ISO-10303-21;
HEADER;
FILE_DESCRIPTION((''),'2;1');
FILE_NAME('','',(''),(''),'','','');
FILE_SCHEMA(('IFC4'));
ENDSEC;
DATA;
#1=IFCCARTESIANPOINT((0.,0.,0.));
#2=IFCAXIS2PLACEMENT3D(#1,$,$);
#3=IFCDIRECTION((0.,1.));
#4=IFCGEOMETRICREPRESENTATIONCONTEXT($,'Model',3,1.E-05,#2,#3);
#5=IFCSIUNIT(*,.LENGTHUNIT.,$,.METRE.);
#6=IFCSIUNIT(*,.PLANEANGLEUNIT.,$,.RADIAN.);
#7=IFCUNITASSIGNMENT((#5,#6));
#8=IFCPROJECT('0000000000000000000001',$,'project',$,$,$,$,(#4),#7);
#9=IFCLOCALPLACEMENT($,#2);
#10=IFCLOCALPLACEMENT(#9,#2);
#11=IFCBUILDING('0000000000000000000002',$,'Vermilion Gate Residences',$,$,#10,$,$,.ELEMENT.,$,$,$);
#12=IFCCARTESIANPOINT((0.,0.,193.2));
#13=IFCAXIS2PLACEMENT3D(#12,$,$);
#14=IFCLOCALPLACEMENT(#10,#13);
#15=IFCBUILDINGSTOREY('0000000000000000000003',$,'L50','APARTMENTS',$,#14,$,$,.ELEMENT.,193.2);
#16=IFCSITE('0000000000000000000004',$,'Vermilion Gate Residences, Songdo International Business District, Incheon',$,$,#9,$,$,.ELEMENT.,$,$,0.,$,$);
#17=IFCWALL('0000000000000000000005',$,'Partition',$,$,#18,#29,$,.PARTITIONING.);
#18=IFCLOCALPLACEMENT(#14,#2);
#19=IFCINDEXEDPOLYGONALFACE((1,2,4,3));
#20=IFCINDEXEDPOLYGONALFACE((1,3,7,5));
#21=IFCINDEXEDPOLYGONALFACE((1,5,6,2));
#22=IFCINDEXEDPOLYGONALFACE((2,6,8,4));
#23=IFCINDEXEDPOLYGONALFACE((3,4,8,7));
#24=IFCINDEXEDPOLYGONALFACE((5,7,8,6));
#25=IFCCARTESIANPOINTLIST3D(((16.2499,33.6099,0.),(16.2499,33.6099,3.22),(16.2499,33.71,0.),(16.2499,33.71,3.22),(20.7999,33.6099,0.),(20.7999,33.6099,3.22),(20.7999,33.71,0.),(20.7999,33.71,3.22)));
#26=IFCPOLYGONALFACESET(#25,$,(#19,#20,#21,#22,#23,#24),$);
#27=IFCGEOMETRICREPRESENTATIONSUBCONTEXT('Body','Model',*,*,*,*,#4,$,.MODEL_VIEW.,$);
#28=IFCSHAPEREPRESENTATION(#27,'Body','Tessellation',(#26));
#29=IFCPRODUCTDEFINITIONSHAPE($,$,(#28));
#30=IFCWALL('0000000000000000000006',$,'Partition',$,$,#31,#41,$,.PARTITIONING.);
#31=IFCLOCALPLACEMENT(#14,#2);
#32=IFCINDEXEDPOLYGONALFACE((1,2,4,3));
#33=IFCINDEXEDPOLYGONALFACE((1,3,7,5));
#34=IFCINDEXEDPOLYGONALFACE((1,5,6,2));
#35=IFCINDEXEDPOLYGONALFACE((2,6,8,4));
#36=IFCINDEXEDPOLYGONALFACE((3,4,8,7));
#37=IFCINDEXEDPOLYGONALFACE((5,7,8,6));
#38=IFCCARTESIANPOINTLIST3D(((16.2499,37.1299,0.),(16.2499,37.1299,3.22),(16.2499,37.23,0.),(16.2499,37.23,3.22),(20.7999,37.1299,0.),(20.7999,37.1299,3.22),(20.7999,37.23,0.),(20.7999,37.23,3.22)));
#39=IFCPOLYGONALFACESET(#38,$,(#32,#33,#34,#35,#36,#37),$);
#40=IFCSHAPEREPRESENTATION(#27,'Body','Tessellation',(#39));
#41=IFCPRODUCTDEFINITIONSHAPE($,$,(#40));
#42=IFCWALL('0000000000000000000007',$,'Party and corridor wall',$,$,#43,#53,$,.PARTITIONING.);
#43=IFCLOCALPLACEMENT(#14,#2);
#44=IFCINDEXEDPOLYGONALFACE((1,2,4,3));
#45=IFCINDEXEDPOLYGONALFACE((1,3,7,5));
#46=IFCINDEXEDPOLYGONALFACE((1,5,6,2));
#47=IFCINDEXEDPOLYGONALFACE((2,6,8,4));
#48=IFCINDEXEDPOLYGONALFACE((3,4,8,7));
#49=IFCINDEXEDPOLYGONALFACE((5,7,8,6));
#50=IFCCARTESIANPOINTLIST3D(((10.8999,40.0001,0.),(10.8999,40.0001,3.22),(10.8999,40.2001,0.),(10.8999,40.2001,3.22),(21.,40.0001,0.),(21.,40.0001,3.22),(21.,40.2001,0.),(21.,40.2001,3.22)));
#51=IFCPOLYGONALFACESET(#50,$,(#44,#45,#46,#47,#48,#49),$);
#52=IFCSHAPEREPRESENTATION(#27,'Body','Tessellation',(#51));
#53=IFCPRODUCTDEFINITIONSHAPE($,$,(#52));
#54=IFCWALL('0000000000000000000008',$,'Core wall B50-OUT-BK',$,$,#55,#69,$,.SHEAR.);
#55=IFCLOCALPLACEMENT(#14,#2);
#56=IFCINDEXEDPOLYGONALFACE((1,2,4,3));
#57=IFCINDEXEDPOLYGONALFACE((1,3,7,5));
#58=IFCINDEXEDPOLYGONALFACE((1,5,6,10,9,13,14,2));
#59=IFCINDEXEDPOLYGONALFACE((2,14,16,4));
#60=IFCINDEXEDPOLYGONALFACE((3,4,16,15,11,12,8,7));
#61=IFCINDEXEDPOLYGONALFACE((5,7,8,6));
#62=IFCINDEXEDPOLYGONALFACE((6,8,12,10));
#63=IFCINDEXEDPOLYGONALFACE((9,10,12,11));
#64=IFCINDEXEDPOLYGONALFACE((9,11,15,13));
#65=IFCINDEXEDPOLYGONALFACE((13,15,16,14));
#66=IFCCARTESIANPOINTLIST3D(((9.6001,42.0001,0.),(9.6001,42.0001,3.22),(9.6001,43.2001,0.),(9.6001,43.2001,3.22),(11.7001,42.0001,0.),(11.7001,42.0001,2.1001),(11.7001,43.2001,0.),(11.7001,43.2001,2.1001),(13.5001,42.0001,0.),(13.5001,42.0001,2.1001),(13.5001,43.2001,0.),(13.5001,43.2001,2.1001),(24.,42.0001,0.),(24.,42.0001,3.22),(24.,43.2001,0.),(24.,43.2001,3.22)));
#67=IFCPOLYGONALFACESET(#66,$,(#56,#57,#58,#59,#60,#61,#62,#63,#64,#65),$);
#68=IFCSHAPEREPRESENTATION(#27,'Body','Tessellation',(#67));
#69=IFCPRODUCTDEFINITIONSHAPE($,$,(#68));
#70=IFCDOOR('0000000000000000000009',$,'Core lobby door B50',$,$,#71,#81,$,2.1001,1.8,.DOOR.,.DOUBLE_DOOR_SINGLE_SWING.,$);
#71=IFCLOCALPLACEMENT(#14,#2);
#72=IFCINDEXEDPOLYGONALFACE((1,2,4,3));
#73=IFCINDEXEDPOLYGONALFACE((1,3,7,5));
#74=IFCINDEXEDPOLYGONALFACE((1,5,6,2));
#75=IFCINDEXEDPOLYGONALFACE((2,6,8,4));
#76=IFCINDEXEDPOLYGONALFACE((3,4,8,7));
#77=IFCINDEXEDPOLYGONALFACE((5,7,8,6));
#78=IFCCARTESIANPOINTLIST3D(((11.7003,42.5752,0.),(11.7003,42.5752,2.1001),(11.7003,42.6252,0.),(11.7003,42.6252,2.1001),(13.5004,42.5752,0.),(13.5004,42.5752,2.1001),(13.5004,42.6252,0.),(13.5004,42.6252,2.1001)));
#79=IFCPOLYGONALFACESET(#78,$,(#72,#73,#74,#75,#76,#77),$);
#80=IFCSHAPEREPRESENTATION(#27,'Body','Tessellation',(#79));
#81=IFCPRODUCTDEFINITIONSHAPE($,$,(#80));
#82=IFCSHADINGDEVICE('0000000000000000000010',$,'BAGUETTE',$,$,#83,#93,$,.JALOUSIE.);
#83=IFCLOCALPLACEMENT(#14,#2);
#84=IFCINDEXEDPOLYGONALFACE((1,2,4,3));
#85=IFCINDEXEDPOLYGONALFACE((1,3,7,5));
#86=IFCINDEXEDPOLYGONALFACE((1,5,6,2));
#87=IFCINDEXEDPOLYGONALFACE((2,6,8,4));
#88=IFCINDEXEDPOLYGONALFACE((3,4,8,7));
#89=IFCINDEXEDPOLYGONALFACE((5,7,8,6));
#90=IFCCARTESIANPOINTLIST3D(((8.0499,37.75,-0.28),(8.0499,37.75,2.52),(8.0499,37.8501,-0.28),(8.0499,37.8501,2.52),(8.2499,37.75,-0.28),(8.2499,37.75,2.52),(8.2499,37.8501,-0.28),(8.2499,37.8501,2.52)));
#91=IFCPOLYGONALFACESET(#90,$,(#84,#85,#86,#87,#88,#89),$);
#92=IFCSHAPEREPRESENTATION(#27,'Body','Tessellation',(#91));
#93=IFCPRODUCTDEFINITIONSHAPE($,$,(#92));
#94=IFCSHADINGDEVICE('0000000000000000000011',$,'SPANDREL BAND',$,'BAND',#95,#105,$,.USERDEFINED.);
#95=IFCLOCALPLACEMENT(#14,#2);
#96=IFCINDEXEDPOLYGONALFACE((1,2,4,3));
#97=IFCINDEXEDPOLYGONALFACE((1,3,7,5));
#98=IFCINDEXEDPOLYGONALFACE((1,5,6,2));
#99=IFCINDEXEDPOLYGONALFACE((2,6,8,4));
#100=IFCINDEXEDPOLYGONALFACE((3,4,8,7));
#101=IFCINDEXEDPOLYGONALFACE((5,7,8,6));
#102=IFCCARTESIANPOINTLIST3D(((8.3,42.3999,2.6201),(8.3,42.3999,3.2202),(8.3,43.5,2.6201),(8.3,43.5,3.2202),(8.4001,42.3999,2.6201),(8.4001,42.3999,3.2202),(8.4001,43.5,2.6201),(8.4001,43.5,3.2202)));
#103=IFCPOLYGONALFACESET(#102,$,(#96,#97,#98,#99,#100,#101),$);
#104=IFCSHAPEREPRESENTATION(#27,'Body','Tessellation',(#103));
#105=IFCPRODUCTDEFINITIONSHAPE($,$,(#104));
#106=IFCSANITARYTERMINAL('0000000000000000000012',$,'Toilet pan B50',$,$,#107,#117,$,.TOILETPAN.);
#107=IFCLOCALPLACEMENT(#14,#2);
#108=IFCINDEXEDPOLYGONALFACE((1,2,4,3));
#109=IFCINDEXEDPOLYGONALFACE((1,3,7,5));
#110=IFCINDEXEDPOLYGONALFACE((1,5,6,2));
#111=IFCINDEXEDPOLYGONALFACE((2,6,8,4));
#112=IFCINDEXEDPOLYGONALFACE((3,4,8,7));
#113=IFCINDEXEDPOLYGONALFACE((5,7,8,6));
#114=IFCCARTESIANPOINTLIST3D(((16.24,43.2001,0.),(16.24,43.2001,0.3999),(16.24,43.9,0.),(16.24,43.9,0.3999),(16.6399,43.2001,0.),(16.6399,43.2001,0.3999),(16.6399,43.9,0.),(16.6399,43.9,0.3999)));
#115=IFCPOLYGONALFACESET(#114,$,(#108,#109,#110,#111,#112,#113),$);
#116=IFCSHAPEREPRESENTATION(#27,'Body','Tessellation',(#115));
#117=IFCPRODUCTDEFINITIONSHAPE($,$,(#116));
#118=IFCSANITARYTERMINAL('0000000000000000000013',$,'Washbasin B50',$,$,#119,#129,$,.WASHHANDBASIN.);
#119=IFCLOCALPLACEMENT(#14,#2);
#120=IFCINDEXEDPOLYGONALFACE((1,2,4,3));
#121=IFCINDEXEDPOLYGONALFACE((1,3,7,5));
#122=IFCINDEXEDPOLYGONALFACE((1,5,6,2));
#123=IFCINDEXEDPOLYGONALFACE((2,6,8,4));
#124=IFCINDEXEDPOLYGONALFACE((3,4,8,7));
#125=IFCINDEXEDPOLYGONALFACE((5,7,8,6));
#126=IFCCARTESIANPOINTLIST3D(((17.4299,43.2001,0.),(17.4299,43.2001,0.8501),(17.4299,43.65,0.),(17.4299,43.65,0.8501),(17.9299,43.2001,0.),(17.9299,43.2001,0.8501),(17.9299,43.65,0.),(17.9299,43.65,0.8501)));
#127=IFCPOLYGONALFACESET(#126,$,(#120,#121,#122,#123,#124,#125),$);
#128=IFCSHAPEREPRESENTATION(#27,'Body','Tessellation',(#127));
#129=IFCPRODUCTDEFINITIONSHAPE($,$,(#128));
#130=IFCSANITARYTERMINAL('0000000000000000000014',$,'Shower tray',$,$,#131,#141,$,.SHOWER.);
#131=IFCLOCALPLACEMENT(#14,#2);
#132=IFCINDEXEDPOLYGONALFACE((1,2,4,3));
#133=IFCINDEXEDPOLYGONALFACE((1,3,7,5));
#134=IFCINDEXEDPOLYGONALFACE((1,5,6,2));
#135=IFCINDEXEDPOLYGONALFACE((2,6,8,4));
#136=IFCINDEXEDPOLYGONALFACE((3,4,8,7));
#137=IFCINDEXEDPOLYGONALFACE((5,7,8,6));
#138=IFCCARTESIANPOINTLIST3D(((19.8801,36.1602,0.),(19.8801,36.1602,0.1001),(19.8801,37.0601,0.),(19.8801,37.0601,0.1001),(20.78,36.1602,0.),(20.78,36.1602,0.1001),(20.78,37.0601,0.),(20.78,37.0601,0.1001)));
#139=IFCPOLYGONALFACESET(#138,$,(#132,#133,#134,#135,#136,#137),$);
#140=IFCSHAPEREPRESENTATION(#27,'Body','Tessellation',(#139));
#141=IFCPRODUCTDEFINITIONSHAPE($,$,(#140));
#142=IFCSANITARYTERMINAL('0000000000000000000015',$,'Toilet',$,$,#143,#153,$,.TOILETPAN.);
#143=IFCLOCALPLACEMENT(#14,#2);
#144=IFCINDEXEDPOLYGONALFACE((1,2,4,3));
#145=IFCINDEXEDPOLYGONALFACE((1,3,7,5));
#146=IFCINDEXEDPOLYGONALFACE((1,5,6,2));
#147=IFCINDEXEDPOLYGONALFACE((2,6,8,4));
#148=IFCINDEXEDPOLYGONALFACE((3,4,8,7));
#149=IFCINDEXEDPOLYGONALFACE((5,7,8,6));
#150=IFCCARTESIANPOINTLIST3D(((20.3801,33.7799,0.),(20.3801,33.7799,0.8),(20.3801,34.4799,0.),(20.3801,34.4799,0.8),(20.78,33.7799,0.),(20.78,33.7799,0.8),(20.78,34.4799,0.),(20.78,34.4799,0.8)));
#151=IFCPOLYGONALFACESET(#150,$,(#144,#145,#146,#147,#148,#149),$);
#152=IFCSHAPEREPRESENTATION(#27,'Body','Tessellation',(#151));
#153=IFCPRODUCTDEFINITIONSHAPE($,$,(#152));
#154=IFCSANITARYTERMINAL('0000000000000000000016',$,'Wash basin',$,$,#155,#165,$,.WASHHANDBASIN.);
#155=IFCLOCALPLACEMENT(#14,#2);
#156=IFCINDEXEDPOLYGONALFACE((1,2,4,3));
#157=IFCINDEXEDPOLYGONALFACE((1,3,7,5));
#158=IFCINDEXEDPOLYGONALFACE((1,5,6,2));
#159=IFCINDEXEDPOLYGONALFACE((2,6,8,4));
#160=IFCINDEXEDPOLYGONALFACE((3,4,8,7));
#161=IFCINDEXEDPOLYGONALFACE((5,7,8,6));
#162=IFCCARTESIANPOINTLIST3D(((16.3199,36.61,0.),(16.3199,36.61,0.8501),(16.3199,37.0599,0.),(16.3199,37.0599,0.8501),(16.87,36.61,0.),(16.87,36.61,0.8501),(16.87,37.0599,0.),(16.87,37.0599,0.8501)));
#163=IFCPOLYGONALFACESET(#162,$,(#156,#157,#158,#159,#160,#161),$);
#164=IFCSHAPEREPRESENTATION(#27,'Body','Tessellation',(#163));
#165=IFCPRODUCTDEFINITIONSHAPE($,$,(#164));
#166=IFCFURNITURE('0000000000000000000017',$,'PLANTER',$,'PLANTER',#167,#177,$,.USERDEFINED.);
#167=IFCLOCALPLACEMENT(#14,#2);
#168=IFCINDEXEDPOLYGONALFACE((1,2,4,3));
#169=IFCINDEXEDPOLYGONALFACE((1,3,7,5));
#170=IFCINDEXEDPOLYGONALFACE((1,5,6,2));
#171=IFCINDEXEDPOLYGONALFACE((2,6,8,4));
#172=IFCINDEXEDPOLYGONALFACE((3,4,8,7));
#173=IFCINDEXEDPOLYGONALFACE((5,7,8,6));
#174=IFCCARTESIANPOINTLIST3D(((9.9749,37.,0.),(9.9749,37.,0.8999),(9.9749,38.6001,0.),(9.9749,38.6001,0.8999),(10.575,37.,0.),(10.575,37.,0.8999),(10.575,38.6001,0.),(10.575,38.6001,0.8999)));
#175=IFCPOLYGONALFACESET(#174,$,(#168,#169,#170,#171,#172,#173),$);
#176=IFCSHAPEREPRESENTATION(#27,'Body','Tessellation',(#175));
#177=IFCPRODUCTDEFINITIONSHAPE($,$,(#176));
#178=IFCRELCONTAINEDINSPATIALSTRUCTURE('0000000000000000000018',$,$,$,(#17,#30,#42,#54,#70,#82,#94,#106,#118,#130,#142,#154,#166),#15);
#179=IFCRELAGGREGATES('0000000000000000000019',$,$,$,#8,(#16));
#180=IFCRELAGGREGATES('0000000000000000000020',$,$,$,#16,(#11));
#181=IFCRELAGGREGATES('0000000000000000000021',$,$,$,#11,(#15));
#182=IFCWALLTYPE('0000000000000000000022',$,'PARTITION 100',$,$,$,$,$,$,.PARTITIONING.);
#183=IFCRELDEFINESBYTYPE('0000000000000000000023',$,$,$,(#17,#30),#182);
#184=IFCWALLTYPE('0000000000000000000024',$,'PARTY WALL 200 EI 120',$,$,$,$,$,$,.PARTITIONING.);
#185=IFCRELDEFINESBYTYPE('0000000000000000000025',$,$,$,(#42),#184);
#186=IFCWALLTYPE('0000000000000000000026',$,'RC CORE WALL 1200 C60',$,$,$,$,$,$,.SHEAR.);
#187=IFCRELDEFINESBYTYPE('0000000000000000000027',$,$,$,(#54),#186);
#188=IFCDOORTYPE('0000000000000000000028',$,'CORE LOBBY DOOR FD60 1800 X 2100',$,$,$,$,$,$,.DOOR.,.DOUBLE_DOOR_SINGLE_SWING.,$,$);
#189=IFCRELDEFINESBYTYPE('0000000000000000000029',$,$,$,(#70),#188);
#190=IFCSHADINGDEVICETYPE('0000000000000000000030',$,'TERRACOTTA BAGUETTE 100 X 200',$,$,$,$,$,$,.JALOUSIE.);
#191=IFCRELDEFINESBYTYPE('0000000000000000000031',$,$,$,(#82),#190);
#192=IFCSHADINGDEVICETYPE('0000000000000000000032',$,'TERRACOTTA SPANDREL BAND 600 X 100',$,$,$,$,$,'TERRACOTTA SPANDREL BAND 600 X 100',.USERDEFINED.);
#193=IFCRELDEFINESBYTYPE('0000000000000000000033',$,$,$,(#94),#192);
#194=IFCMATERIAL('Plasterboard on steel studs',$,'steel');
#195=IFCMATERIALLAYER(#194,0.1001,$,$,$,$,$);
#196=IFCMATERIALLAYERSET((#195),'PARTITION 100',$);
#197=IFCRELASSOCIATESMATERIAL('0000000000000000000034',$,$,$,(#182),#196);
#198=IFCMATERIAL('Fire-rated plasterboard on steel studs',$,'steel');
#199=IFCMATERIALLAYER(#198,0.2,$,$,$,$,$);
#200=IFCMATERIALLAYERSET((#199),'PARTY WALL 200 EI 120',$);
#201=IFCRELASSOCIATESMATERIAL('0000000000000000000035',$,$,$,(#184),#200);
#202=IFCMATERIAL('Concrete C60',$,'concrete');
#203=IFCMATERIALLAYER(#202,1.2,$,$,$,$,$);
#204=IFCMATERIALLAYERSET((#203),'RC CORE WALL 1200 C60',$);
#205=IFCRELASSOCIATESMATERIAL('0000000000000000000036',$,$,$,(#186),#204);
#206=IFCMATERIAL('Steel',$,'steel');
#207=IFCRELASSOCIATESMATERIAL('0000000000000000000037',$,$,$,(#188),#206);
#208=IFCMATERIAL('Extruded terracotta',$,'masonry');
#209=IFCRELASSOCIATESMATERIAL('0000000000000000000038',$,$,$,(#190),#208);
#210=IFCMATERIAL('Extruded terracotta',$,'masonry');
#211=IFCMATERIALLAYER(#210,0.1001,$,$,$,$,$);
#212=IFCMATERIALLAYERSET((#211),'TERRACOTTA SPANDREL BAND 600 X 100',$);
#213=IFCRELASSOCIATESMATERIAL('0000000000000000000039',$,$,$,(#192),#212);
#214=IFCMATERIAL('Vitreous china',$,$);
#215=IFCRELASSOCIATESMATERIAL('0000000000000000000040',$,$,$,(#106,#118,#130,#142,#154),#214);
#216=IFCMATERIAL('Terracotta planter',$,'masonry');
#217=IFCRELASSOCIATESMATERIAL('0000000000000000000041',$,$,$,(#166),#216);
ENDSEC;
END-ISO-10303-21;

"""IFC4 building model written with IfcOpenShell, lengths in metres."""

from ifc_helpers import new_model, si_unit, direction, frame, frame_2d, origin, origin_2d, place, context, subcontext, project, spatial, rectangle, extrude, material, layer, layer_set, material_profile, profile_set, type_object, element, fill, save


model = new_model("IFC4")

# Units and contexts
model_context = context("Model", 3, precision=1e-05, world=origin(), true_north=direction((0.0, 1.0)))
body_context = subcontext(model_context, "Body", "Model", "MODEL_VIEW")
ifc_project = project(units=[si_unit("LENGTHUNIT", "METRE"), si_unit("PLANEANGLEUNIT", "RADIAN")], contexts=[model_context])

# Site, building, storey
site_placement = place(None, origin())
site = spatial("IfcSite", under=ifc_project, at=site_placement, Name="Vermilion Gate Residences, Songdo International Business District, Incheon", CompositionType="ELEMENT", RefElevation=0.0)
building_placement = place(site_placement, origin())
building = spatial("IfcBuilding", under=site, at=building_placement, Name="Vermilion Gate Residences", CompositionType="ELEMENT")
storey_placement = place(building_placement, frame((0.0, 0.0, 193.2)))
storey = spatial("IfcBuildingStorey", under=building, at=storey_placement, Name="L50", Description="APARTMENTS", CompositionType="ELEMENT", Elevation=193.2)

# Walls
ifc_material_1 = material(Name="Plasterboard on steel studs", Category="steel")
ifc_layer_1 = layer(ifc_material_1, 0.1001)
ifc_layer_set_1 = layer_set([ifc_layer_1], Name="PARTITION 100")
wall_type_1 = type_object("IfcWallType", Name="PARTITION 100", PredefinedType="PARTITIONING", material=ifc_layer_set_1)
for number, where, z_axis, x_axis, name in (
    (1, (16.25, 33.6599, 0.0), (0.0, 0.0, 1.0), (1.0, 0.0, 0.0), "Partition"),
    (2, (16.25, 37.1799, 0.0), (0.0, 0.0, 1.0), (1.0, 0.0, 0.0), "Partition"),
):
    element("IfcWall", number, at=place(storey_placement, frame(where, z_axis=z_axis, x_axis=x_axis)), inside=storey, type_object=wall_type_1, Name=name, PredefinedType="PARTITIONING", context=body_context, shape_type="SweptSolid", body=[
        extrude(rectangle(XDim=4.55, YDim=0.1001, at=frame_2d((2.2749, 0.0))), origin(), (0.0, 0.0, 1.0), 3.22),
    ])
ifc_material_2 = material(Name="Fire-rated plasterboard on steel studs", Category="steel")
ifc_layer_2 = layer(ifc_material_2, 0.2)
ifc_layer_set_2 = layer_set([ifc_layer_2], Name="PARTY WALL 200 EI 120")
wall_type_2 = type_object("IfcWallType", Name="PARTY WALL 200 EI 120", PredefinedType="PARTITIONING", material=ifc_layer_set_2)
wall_1_placement = place(storey_placement, frame((10.8999, 40.1001, 0.0), z_axis=(0.0, 0.0, 1.0), x_axis=(1.0, 0.0, 0.0)))
element("IfcWall", 3, at=wall_1_placement, inside=storey, type_object=wall_type_2, Name="Party and corridor wall", PredefinedType="PARTITIONING", context=body_context, shape_type="SweptSolid", body=[
    extrude(rectangle(XDim=10.1001, YDim=0.2, at=frame_2d((5.05, 0.0))), origin(), (0.0, 0.0, 1.0), 3.22),
])

# Wall, opening, door
ifc_material_3 = material(Name="Concrete C60", Category="concrete")
ifc_layer_3 = layer(ifc_material_3, 1.2)
ifc_layer_set_3 = layer_set([ifc_layer_3], Name="RC CORE WALL 1200 C60")
wall_type_3 = type_object("IfcWallType", Name="RC CORE WALL 1200 C60", PredefinedType="SHEAR", material=ifc_layer_set_3)
wall_2_placement = place(storey_placement, frame((9.6001, 42.6001, 0.0), z_axis=(0.0, 0.0, 1.0), x_axis=(1.0, 0.0, 0.0)))
wall_2 = element("IfcWall", 4, at=wall_2_placement, inside=storey, type_object=wall_type_3, Name="Core wall B50-OUT-BK", PredefinedType="SHEAR", context=body_context, shape_type="SweptSolid", body=[
    extrude(rectangle(XDim=14.3999, YDim=1.2, at=frame_2d((7.2, 0.0))), origin(), (0.0, 0.0, 1.0), 3.22),
])
opening_1_placement = place(wall_2_placement, frame((2.1001, 0.0, 0.0)))
opening_1 = element("IfcOpeningElement", 5, at=opening_1_placement, cuts=wall_2, PredefinedType="OPENING", context=body_context, shape_type="SweptSolid", body=[
    extrude(rectangle(XDim=1.8, YDim=2.1001, at=frame_2d((0.8999, 1.05))), frame((0.0, 0.6099, 0.0), z_axis=(0.0, -1.0, 0.0), x_axis=(1.0, 0.0, 0.0)), (0.0, 0.0, 1.0), 1.22),
])
ifc_material_4 = material(Name="Steel", Category="steel")
door_type_1 = type_object("IfcDoorType", Name="CORE LOBBY DOOR FD60 1800 X 2100", OperationType="DOUBLE_DOOR_SINGLE_SWING", PredefinedType="DOOR", material=ifc_material_4)
door_1_placement = place(opening_1_placement, frame((1.8, 0.0, 0.0), z_axis=(0.0, 0.0, 1.0), x_axis=(-1.0, 0.0, 0.0)))
door_1 = element("IfcDoor", 6, at=door_1_placement, inside=storey, type_object=door_type_1, Name="Core lobby door B50", OperationType="DOUBLE_DOOR_SINGLE_SWING", OverallHeight=2.1001, OverallWidth=1.8, PredefinedType="DOOR", context=body_context, shape_type="SweptSolid", body=[
    extrude(rectangle(XDim=1.8, YDim=2.1001, at=frame_2d((0.8999, 1.05))), frame((0.0, 0.0249, 0.0), z_axis=(0.0, -1.0, 0.0), x_axis=(1.0, 0.0, 0.0)), (0.0, 0.0, 1.0), 0.05),
])
fill(opening_1, door_1)

# Shading devices
ifc_material_5 = material(Name="Extruded terracotta", Category="masonry")
ifc_material_profile_1 = material_profile(ifc_material_5, rectangle(XDim=0.2, YDim=0.1001, at=origin_2d()), Name="BAGUETTE 100 X 200")
ifc_profile_set_1 = profile_set([ifc_material_profile_1], Name="Extruded terracotta")
shading_device_type_1 = type_object("IfcShadingDeviceType", Name="TERRACOTTA BAGUETTE 100 X 200", PredefinedType="JALOUSIE", material=ifc_profile_set_1)
shading_device_1_placement = place(storey_placement, frame((8.1499, 37.8, -0.28), z_axis=(0.0, 0.0, 1.0), x_axis=(1.0, 0.0, 0.0)))
element("IfcShadingDevice", 7, at=shading_device_1_placement, inside=storey, type_object=shading_device_type_1, Name="BAGUETTE", PredefinedType="JALOUSIE", context=body_context, shape_type="SweptSolid", body=[
    extrude(rectangle(XDim=0.2, YDim=0.1001, at=origin_2d()), origin(), (0.0, 0.0, 1.0), 2.8),
])
ifc_material_6 = material(Name="Extruded terracotta", Category="masonry")
ifc_layer_4 = layer(ifc_material_6, 0.1001)
ifc_layer_set_4 = layer_set([ifc_layer_4], Name="TERRACOTTA SPANDREL BAND 600 X 100")
shading_device_type_2 = type_object("IfcShadingDeviceType", Name="TERRACOTTA SPANDREL BAND 600 X 100", ElementType="TERRACOTTA SPANDREL BAND 600 X 100", PredefinedType="USERDEFINED", material=ifc_layer_set_4)
shading_device_2_placement = place(storey_placement, frame((8.3501, 42.95, 2.6201), z_axis=(0.0, 0.0, 1.0), x_axis=(0.0, 1.0, 0.0)))
element("IfcShadingDevice", 8, at=shading_device_2_placement, inside=storey, type_object=shading_device_type_2, Name="SPANDREL BAND", ObjectType="BAND", PredefinedType="USERDEFINED", context=body_context, shape_type="SweptSolid", body=[
    extrude(rectangle(XDim=1.1001, YDim=0.1001, at=origin_2d()), origin(), (0.0, 0.0, 1.0), 0.6001),
])

# Sanitary terminals
ifc_material_7 = material(Name="Vitreous china")
sanitary_terminal_1_placement = place(storey_placement, frame((16.4399, 43.55, 0.0), z_axis=(0.0, 0.0, 1.0), x_axis=(1.0, 0.0, 0.0)))
element("IfcSanitaryTerminal", 9, at=sanitary_terminal_1_placement, inside=storey, material=ifc_material_7, Name="Toilet pan B50", PredefinedType="TOILETPAN", context=body_context, shape_type="SweptSolid", body=[
    extrude(rectangle(XDim=0.3999, YDim=0.7, at=origin_2d()), origin(), (0.0, 0.0, 1.0), 0.3999),
])
sanitary_terminal_2_placement = place(storey_placement, frame((17.6799, 43.425, 0.0), z_axis=(0.0, 0.0, 1.0), x_axis=(1.0, 0.0, 0.0)))
element("IfcSanitaryTerminal", 10, at=sanitary_terminal_2_placement, inside=storey, material=ifc_material_7, Name="Washbasin B50", PredefinedType="WASHHANDBASIN", context=body_context, shape_type="SweptSolid", body=[
    extrude(rectangle(XDim=0.5, YDim=0.45, at=origin_2d()), origin(), (0.0, 0.0, 1.0), 0.8501),
])
sanitary_terminal_3_placement = place(storey_placement, frame((20.3301, 36.6101, 0.0), z_axis=(0.0, 0.0, 1.0), x_axis=(1.0, 0.0, 0.0)))
element("IfcSanitaryTerminal", 11, at=sanitary_terminal_3_placement, inside=storey, material=ifc_material_7, Name="Shower tray", PredefinedType="SHOWER", context=body_context, shape_type="SweptSolid", body=[
    extrude(rectangle(XDim=0.8999, YDim=0.8999, at=origin_2d()), origin(), (0.0, 0.0, 1.0), 0.1001),
])
sanitary_terminal_4_placement = place(storey_placement, frame((20.5801, 34.1299, 0.0), z_axis=(0.0, 0.0, 1.0), x_axis=(1.0, 0.0, 0.0)))
element("IfcSanitaryTerminal", 12, at=sanitary_terminal_4_placement, inside=storey, material=ifc_material_7, Name="Toilet", PredefinedType="TOILETPAN", context=body_context, shape_type="SweptSolid", body=[
    extrude(rectangle(XDim=0.3999, YDim=0.7, at=origin_2d()), origin(), (0.0, 0.0, 1.0), 0.8),
])
sanitary_terminal_5_placement = place(storey_placement, frame((16.595, 36.835, 0.0), z_axis=(0.0, 0.0, 1.0), x_axis=(1.0, 0.0, 0.0)))
element("IfcSanitaryTerminal", 13, at=sanitary_terminal_5_placement, inside=storey, material=ifc_material_7, Name="Wash basin", PredefinedType="WASHHANDBASIN", context=body_context, shape_type="SweptSolid", body=[
    extrude(rectangle(XDim=0.55, YDim=0.45, at=origin_2d()), origin(), (0.0, 0.0, 1.0), 0.8501),
])

# Furniture
ifc_material_8 = material(Name="Terracotta planter", Category="masonry")
furniture_placement = place(storey_placement, frame((10.2749, 37.8, 0.0), z_axis=(0.0, 0.0, 1.0), x_axis=(0.0, -1.0, 0.0)))
element("IfcFurniture", 14, at=furniture_placement, inside=storey, material=ifc_material_8, Name="PLANTER", ObjectType="PLANTER", PredefinedType="USERDEFINED", context=body_context, shape_type="SweptSolid", body=[
    extrude(rectangle(XDim=1.6001, YDim=0.6001, at=origin_2d()), origin(), (0.0, 0.0, 1.0), 0.8999),
])

save(model, "model.ifc")
